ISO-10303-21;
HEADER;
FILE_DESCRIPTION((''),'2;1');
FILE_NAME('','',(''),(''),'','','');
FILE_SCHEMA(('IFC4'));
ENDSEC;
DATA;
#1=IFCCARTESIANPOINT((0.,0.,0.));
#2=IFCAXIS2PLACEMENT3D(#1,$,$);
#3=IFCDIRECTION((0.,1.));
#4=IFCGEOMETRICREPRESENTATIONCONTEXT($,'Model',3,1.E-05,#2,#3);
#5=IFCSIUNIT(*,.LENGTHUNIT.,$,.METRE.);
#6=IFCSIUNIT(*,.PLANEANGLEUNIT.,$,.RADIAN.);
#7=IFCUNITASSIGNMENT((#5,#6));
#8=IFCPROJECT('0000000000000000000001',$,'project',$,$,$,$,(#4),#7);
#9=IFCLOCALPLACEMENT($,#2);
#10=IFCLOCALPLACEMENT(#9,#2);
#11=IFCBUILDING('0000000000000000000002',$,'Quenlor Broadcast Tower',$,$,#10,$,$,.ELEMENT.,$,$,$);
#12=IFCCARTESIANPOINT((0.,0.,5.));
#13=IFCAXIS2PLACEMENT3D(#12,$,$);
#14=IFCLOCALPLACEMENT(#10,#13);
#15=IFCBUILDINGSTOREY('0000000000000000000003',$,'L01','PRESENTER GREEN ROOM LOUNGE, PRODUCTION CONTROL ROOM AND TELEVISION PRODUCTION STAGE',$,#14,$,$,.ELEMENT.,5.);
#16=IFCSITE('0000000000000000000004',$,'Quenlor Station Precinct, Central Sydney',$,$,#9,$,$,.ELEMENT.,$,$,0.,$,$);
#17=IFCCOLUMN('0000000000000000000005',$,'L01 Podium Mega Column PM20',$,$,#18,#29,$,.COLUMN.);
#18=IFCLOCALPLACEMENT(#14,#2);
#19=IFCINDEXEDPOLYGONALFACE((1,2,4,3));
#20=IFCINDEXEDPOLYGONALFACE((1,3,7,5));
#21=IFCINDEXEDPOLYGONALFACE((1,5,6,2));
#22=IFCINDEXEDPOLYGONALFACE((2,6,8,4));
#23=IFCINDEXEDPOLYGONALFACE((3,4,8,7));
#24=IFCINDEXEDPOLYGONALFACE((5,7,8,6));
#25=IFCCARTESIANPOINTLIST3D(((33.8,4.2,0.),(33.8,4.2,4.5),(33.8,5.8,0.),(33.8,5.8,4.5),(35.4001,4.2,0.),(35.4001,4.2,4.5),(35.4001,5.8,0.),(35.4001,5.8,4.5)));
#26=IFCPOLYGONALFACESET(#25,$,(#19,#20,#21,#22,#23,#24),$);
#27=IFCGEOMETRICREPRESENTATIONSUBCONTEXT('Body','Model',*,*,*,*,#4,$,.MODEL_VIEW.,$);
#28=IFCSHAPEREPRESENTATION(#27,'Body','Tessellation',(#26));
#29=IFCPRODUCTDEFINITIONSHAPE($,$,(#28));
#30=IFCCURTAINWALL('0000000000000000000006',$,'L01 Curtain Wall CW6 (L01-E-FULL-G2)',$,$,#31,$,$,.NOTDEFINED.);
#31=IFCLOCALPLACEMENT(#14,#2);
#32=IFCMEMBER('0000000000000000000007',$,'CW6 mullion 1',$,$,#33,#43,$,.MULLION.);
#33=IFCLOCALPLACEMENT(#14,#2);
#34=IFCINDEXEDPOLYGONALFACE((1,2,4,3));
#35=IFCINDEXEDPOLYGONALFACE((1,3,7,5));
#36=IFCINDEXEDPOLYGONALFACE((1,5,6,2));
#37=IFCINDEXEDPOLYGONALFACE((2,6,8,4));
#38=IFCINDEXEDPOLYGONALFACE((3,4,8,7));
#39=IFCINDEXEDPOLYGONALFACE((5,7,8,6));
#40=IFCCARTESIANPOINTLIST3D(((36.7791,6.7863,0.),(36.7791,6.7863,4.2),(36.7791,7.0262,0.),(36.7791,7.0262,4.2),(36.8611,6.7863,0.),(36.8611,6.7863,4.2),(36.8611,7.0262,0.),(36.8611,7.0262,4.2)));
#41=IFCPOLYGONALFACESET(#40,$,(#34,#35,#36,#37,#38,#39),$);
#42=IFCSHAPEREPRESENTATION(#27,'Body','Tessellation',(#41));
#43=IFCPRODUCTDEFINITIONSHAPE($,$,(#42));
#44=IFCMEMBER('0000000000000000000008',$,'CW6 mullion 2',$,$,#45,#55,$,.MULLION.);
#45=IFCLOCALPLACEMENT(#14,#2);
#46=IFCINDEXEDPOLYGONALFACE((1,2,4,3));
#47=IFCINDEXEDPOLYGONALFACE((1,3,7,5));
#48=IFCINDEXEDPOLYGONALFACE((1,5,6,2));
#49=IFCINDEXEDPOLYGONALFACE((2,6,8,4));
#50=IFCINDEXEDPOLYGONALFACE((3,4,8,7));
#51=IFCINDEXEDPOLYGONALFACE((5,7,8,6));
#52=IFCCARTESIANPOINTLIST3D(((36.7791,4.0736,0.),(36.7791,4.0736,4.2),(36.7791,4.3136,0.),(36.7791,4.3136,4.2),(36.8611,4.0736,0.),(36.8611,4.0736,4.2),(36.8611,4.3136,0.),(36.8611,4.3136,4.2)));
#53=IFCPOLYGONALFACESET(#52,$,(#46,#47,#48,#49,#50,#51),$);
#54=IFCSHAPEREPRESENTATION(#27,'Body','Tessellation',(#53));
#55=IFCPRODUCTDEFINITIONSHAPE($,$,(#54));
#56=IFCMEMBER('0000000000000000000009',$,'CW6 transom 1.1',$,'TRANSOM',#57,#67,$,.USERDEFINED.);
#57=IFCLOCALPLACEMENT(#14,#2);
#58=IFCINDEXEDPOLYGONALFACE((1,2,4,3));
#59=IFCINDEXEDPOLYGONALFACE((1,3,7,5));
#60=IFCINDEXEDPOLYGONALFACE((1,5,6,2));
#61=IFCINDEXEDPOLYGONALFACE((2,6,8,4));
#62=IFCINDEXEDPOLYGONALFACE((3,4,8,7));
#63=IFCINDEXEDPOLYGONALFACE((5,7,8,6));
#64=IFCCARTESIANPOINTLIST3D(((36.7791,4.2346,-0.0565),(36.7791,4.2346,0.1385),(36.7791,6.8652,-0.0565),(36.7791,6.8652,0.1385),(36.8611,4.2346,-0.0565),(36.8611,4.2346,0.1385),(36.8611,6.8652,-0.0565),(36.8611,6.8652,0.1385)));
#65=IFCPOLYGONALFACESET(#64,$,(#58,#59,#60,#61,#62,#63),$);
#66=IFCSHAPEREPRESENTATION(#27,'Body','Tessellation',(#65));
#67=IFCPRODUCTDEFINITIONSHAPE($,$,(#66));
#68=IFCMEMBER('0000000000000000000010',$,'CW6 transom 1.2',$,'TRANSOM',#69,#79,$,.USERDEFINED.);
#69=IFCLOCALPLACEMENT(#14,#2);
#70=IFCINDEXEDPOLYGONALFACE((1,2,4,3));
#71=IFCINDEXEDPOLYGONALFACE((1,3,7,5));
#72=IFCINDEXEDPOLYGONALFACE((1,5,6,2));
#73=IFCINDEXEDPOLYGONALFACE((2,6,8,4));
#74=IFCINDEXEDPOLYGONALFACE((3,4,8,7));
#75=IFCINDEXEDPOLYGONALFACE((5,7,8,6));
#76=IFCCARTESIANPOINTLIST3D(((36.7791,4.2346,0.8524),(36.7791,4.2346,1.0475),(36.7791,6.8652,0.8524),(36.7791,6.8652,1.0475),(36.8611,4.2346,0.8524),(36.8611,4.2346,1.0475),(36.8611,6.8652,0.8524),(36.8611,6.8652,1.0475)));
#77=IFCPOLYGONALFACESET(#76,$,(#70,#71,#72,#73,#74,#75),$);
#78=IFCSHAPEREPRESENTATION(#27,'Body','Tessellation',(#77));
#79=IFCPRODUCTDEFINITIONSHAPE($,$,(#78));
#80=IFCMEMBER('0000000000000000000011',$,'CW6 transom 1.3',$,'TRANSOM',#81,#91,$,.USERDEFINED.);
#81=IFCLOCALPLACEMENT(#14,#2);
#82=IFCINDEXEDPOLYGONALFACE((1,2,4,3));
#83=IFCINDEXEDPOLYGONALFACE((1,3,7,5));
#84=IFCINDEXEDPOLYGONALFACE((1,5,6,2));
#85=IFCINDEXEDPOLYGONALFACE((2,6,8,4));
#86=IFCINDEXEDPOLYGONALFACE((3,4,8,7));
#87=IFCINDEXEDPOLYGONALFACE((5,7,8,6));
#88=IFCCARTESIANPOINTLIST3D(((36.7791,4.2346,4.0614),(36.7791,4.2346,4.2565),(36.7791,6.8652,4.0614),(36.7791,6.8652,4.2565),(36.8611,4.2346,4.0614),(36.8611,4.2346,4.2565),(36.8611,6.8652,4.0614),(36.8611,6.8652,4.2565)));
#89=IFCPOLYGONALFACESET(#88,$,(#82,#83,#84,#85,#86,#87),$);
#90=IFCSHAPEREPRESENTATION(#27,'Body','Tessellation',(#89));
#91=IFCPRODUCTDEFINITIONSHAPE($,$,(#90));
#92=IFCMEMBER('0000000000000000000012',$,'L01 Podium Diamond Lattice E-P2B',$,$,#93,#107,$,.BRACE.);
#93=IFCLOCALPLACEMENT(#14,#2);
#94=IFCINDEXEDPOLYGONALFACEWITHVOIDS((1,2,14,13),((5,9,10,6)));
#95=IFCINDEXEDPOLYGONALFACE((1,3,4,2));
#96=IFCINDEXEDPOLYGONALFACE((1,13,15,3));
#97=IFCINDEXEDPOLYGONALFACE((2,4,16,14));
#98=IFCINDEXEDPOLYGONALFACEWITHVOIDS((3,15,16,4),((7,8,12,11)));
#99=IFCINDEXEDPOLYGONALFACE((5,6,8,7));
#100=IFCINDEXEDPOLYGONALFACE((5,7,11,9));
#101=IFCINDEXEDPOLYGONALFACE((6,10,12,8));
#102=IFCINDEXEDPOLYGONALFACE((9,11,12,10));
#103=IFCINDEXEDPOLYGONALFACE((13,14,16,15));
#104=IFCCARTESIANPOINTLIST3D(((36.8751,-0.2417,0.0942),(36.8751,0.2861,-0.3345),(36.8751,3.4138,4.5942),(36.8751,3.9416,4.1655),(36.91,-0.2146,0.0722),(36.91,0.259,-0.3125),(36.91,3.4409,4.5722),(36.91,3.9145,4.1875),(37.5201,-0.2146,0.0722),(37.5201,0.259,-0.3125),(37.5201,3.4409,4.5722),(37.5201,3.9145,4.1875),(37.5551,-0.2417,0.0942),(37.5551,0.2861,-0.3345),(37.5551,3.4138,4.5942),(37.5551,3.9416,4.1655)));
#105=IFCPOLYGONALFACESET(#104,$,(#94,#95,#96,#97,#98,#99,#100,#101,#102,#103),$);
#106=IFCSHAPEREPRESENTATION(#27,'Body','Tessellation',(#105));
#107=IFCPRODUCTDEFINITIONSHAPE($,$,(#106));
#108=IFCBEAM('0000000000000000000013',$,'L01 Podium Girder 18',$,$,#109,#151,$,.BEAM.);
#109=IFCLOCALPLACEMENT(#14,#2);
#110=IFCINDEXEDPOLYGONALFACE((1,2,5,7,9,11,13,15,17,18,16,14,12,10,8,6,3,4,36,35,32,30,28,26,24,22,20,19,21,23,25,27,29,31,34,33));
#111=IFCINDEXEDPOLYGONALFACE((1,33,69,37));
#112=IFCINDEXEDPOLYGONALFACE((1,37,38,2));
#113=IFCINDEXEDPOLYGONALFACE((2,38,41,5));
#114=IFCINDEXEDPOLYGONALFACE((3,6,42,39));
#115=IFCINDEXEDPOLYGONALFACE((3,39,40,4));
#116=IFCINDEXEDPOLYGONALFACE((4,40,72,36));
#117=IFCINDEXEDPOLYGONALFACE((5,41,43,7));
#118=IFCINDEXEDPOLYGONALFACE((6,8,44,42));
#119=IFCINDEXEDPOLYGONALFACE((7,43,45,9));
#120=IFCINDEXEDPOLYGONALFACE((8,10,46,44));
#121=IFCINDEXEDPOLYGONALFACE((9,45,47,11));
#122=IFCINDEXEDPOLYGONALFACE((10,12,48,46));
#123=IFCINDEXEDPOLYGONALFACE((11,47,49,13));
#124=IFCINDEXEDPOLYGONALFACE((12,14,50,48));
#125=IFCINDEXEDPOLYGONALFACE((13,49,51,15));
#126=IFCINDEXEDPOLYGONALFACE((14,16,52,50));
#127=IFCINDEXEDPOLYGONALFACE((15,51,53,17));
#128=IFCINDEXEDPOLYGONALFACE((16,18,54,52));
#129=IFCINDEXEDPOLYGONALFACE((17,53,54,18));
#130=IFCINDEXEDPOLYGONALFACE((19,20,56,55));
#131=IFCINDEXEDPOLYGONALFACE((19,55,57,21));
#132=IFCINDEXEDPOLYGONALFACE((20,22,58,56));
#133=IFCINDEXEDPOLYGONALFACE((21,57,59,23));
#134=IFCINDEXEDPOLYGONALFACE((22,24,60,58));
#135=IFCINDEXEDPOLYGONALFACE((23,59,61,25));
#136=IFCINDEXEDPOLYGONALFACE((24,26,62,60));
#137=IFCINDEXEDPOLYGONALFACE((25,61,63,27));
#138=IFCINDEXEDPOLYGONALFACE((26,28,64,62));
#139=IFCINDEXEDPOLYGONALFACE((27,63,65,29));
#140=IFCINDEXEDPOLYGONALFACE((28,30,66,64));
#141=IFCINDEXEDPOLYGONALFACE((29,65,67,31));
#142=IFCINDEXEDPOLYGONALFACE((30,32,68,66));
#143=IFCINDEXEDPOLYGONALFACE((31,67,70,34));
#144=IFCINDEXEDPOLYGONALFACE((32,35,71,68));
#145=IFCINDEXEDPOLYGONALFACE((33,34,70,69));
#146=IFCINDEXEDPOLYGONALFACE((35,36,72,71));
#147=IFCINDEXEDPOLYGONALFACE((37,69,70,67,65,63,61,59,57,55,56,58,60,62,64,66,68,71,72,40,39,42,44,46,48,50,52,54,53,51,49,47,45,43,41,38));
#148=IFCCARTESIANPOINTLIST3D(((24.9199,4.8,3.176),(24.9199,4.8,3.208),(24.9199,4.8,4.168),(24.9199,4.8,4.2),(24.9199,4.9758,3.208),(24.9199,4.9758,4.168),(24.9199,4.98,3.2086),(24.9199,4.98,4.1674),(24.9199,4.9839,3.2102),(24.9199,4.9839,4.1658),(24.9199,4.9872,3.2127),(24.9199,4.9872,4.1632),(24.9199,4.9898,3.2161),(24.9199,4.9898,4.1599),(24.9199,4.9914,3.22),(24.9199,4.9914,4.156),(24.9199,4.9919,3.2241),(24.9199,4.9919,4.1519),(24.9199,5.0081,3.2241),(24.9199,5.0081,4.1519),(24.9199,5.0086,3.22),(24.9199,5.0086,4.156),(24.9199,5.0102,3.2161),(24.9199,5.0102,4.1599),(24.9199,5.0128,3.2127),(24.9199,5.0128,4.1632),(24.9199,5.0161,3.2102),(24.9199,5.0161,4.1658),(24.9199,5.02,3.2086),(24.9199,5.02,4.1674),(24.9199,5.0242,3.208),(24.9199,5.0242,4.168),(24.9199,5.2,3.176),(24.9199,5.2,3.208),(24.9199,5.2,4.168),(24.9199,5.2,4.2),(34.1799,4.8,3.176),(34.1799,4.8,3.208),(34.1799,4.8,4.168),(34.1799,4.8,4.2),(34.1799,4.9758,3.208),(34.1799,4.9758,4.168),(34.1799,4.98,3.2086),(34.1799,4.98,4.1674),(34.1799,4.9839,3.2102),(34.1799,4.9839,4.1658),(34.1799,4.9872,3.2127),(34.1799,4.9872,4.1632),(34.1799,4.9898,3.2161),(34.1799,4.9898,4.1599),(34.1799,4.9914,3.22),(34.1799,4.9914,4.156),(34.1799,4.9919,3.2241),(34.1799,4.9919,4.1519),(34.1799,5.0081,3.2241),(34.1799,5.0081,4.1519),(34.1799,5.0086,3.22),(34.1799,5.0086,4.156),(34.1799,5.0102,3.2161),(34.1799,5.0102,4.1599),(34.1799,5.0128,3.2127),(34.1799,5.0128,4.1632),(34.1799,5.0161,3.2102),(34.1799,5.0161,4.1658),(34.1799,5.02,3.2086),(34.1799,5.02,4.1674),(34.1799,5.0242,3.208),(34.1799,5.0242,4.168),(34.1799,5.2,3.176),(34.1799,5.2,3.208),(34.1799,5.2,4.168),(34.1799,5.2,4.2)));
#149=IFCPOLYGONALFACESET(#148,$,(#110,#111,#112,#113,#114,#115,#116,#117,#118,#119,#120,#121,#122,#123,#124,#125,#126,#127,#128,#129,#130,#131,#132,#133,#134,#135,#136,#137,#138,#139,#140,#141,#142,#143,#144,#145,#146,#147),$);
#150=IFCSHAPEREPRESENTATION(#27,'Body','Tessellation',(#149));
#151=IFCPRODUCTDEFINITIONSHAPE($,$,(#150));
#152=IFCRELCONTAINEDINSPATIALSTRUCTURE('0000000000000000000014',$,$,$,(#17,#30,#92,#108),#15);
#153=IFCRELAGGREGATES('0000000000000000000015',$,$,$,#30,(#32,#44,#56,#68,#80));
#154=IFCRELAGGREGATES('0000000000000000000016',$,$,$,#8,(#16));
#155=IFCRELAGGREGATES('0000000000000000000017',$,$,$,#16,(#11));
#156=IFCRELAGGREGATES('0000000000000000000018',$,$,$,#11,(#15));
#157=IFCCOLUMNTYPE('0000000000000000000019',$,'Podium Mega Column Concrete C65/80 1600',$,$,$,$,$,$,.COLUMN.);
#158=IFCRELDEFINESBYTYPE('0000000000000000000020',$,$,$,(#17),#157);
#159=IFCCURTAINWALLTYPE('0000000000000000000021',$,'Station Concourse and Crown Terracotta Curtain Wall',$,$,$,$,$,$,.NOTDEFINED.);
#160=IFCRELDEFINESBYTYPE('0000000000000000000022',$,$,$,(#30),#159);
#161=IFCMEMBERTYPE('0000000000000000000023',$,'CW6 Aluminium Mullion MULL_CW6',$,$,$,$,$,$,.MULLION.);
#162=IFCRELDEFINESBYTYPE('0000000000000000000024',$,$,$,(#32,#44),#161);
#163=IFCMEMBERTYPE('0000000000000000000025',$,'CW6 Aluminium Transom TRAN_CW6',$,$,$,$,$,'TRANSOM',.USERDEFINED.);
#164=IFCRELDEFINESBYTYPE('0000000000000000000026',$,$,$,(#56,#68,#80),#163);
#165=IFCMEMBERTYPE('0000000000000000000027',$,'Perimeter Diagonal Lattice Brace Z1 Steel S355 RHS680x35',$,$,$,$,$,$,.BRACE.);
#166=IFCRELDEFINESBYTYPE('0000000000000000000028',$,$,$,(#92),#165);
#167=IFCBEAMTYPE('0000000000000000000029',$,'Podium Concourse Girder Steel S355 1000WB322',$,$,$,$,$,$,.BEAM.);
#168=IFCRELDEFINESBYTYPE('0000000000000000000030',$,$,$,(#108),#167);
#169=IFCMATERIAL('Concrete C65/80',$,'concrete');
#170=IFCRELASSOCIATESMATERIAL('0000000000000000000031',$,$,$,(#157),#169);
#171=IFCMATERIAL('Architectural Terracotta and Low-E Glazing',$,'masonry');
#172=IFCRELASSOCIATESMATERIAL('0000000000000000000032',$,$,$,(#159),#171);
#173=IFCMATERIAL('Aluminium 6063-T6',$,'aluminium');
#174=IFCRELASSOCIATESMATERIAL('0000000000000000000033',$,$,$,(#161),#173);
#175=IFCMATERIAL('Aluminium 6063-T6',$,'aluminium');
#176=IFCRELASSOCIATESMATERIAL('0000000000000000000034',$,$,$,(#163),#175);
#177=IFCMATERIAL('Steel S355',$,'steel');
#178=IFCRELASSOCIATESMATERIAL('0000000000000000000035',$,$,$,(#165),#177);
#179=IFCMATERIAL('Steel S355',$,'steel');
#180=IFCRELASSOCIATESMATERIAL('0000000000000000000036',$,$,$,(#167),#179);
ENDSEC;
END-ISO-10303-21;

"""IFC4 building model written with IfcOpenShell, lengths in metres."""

from ifc_helpers import new_model, si_unit, direction, frame, origin, origin_2d, place, context, subcontext, project, spatial, rectangle, hollow_rectangle, i_section, extrude, material, material_profile, profile_set, type_object, element, aggregate, save


model = new_model("IFC4")

# Units and contexts
model_context = context("Model", 3, precision=1e-05, world=origin(), true_north=direction((0.0, 1.0)))
body_context = subcontext(model_context, "Body", "Model", "MODEL_VIEW")
ifc_project = project(units=[si_unit("LENGTHUNIT", "METRE"), si_unit("PLANEANGLEUNIT", "RADIAN")], contexts=[model_context])

# Site, building, storey
site_placement = place(None, origin())
site = spatial("IfcSite", under=ifc_project, at=site_placement, Name="Quenlor Station Precinct, Central Sydney", CompositionType="ELEMENT", RefElevation=0.0)
building_placement = place(site_placement, origin())
building = spatial("IfcBuilding", under=site, at=building_placement, Name="Quenlor Broadcast Tower", CompositionType="ELEMENT")
storey_placement = place(building_placement, frame((0.0, 0.0, 5.0)))
storey = spatial("IfcBuildingStorey", under=building, at=storey_placement, Name="L01", Description="PRESENTER GREEN ROOM LOUNGE, PRODUCTION CONTROL ROOM AND TELEVISION PRODUCTION STAGE", CompositionType="ELEMENT", Elevation=5.0)

# Column
ifc_material_1 = material(Name="Concrete C65/80", Category="concrete")
ifc_material_profile_1 = material_profile(ifc_material_1, rectangle(XDim=1.6001, YDim=1.6001, at=origin_2d()))
ifc_profile_set_1 = profile_set([ifc_material_profile_1], Name="Concrete C65/80 RC1600x1600")
column_type = type_object("IfcColumnType", Name="Podium Mega Column Concrete C65/80 1600", PredefinedType="COLUMN", material=ifc_profile_set_1)
column_placement = place(storey_placement, frame((34.6001, 5.0, 0.0), z_axis=(0.0, 0.0, 1.0), x_axis=(1.0, 0.0, 0.0)))
element("IfcColumn", 1, at=column_placement, inside=storey, type_object=column_type, Name="L01 Podium Mega Column PM20", PredefinedType="COLUMN", context=body_context, shape_type="SweptSolid", body=[
    extrude(rectangle(XDim=1.6001, YDim=1.6001, at=origin_2d()), origin(), (0.0, 0.0, 1.0), 4.5),
])

# Curtain wall, members
ifc_material_2 = material(Name="Architectural Terracotta and Low-E Glazing", Category="masonry")
curtain_wall_type = type_object("IfcCurtainWallType", Name="Station Concourse and Crown Terracotta Curtain Wall", PredefinedType="NOTDEFINED", material=ifc_material_2)
curtain_wall_placement = place(storey_placement, origin())
curtain_wall = element("IfcCurtainWall", 2, at=curtain_wall_placement, inside=storey, type_object=curtain_wall_type, Name="L01 Curtain Wall CW6 (L01-E-FULL-G2)", PredefinedType="NOTDEFINED")
ifc_material_3 = material(Name="Aluminium 6063-T6", Category="aluminium")
ifc_material_profile_2 = material_profile(ifc_material_3, rectangle(XDim=0.082, YDim=0.24, at=origin_2d()))
ifc_profile_set_2 = profile_set([ifc_material_profile_2], Name="Aluminium 6063-T6 MULL82x240")
member_type_1 = type_object("IfcMemberType", Name="CW6 Aluminium Mullion MULL_CW6", PredefinedType="MULLION", material=ifc_profile_set_2)
member_1_placement = place(storey_placement, frame((36.8201, 6.9062, 0.0), z_axis=(0.0, 0.0, 1.0), x_axis=(1.0, 0.0, 0.0)))
member_1 = element("IfcMember", 3, at=member_1_placement, type_object=member_type_1, Name="CW6 mullion 1", PredefinedType="MULLION", context=body_context, shape_type="SweptSolid", body=[
    extrude(rectangle(XDim=0.082, YDim=0.24, at=origin_2d()), origin(), (0.0, 0.0, 1.0), 4.2),
])
member_2_placement = place(storey_placement, frame((36.8201, 4.1936, 0.0), z_axis=(0.0, 0.0, 1.0), x_axis=(1.0, 0.0, 0.0)))
member_2 = element("IfcMember", 4, at=member_2_placement, type_object=member_type_1, Name="CW6 mullion 2", PredefinedType="MULLION", context=body_context, shape_type="SweptSolid", body=[
    extrude(rectangle(XDim=0.082, YDim=0.24, at=origin_2d()), origin(), (0.0, 0.0, 1.0), 4.2),
])
ifc_material_4 = material(Name="Aluminium 6063-T6", Category="aluminium")
ifc_material_profile_3 = material_profile(ifc_material_4, rectangle(XDim=0.082, YDim=0.1951, at=origin_2d()))
ifc_profile_set_3 = profile_set([ifc_material_profile_3], Name="Aluminium 6063-T6 TRAN82x195")
member_type_2 = type_object("IfcMemberType", Name="CW6 Aluminium Transom TRAN_CW6", ElementType="TRANSOM", PredefinedType="USERDEFINED", material=ifc_profile_set_3)
member_3_placement = place(storey_placement, frame((36.8201, 6.8652, 0.041), z_axis=(0.0, -1.0, 0.0), x_axis=(1.0, 0.0, 0.0)))
member_3 = element("IfcMember", 5, at=member_3_placement, type_object=member_type_2, Name="CW6 transom 1.1", ObjectType="TRANSOM", PredefinedType="USERDEFINED", context=body_context, shape_type="SweptSolid", body=[
    extrude(rectangle(XDim=0.082, YDim=0.1951, at=origin_2d()), origin(), (0.0, 0.0, 1.0), 2.6306),
])
member_4_placement = place(storey_placement, frame((36.8201, 6.8652, 0.95), z_axis=(0.0, -1.0, 0.0), x_axis=(1.0, 0.0, 0.0)))
member_4 = element("IfcMember", 6, at=member_4_placement, type_object=member_type_2, Name="CW6 transom 1.2", ObjectType="TRANSOM", PredefinedType="USERDEFINED", context=body_context, shape_type="SweptSolid", body=[
    extrude(rectangle(XDim=0.082, YDim=0.1951, at=origin_2d()), origin(), (0.0, 0.0, 1.0), 2.6306),
])
member_5_placement = place(storey_placement, frame((36.8201, 6.8652, 4.1589), z_axis=(0.0, -1.0, 0.0), x_axis=(1.0, 0.0, 0.0)))
member_5 = element("IfcMember", 7, at=member_5_placement, type_object=member_type_2, Name="CW6 transom 1.3", ObjectType="TRANSOM", PredefinedType="USERDEFINED", context=body_context, shape_type="SweptSolid", body=[
    extrude(rectangle(XDim=0.082, YDim=0.1951, at=origin_2d()), origin(), (0.0, 0.0, 1.0), 2.6306),
])

# Member
ifc_material_5 = material(Name="Steel S355", Category="steel")
ifc_material_profile_4 = material_profile(ifc_material_5, hollow_rectangle(XDim=0.6799, YDim=0.6799, WallThickness=0.0349, at=origin_2d()))
ifc_profile_set_4 = profile_set([ifc_material_profile_4], Name="Steel S355 RHS680x680x35")
member_type_3 = type_object("IfcMemberType", Name="Perimeter Diagonal Lattice Brace Z1 Steel S355 RHS680x35", PredefinedType="BRACE", material=ifc_profile_set_4)
member_6_placement = place(storey_placement, frame((37.2151, 0.0222, -0.1201), z_axis=(0.0, 0.630517, 0.776176), x_axis=(-1.0, 0.0, 0.0)))
element("IfcMember", 8, at=member_6_placement, inside=storey, type_object=member_type_3, Name="L01 Podium Diamond Lattice E-P2B", PredefinedType="BRACE", context=body_context, shape_type="SweptSolid", body=[
    extrude(hollow_rectangle(XDim=0.6799, YDim=0.6799, WallThickness=0.0349, at=origin_2d()), origin(), (0.0, 0.0, 1.0), 5.7976),
])

# Beam
ifc_material_6 = material(Name="Steel S355", Category="steel")
ifc_material_profile_5 = material_profile(ifc_material_6, i_section(OverallWidth=0.3999, OverallDepth=1.0239, WebThickness=0.0161, FlangeThickness=0.032, FilletRadius=0.0161, at=origin_2d()))
ifc_profile_set_5 = profile_set([ifc_material_profile_5], Name="Steel S355 1000WB322")
beam_type_1 = type_object("IfcBeamType", Name="Podium Concourse Girder Steel S355 1000WB322", PredefinedType="BEAM", material=ifc_profile_set_5)
beam_1_placement = place(storey_placement, frame((24.9199, 5.0, 3.688), z_axis=(1.0, 0.0, 0.0), x_axis=(0.0, 1.0, 0.0)))
element("IfcBeam", 9, at=beam_1_placement, inside=storey, type_object=beam_type_1, Name="L01 Podium Girder 18", PredefinedType="BEAM", context=body_context, shape_type="SweptSolid", body=[
    extrude(i_section(OverallWidth=0.3999, OverallDepth=1.0239, WebThickness=0.0161, FlangeThickness=0.032, FilletRadius=0.0161, at=origin_2d()), origin(), (0.0, 0.0, 1.0), 9.26),
])

aggregate(curtain_wall, [member_1, member_2, member_3, member_4, member_5])

save(model, "model.ifc")
